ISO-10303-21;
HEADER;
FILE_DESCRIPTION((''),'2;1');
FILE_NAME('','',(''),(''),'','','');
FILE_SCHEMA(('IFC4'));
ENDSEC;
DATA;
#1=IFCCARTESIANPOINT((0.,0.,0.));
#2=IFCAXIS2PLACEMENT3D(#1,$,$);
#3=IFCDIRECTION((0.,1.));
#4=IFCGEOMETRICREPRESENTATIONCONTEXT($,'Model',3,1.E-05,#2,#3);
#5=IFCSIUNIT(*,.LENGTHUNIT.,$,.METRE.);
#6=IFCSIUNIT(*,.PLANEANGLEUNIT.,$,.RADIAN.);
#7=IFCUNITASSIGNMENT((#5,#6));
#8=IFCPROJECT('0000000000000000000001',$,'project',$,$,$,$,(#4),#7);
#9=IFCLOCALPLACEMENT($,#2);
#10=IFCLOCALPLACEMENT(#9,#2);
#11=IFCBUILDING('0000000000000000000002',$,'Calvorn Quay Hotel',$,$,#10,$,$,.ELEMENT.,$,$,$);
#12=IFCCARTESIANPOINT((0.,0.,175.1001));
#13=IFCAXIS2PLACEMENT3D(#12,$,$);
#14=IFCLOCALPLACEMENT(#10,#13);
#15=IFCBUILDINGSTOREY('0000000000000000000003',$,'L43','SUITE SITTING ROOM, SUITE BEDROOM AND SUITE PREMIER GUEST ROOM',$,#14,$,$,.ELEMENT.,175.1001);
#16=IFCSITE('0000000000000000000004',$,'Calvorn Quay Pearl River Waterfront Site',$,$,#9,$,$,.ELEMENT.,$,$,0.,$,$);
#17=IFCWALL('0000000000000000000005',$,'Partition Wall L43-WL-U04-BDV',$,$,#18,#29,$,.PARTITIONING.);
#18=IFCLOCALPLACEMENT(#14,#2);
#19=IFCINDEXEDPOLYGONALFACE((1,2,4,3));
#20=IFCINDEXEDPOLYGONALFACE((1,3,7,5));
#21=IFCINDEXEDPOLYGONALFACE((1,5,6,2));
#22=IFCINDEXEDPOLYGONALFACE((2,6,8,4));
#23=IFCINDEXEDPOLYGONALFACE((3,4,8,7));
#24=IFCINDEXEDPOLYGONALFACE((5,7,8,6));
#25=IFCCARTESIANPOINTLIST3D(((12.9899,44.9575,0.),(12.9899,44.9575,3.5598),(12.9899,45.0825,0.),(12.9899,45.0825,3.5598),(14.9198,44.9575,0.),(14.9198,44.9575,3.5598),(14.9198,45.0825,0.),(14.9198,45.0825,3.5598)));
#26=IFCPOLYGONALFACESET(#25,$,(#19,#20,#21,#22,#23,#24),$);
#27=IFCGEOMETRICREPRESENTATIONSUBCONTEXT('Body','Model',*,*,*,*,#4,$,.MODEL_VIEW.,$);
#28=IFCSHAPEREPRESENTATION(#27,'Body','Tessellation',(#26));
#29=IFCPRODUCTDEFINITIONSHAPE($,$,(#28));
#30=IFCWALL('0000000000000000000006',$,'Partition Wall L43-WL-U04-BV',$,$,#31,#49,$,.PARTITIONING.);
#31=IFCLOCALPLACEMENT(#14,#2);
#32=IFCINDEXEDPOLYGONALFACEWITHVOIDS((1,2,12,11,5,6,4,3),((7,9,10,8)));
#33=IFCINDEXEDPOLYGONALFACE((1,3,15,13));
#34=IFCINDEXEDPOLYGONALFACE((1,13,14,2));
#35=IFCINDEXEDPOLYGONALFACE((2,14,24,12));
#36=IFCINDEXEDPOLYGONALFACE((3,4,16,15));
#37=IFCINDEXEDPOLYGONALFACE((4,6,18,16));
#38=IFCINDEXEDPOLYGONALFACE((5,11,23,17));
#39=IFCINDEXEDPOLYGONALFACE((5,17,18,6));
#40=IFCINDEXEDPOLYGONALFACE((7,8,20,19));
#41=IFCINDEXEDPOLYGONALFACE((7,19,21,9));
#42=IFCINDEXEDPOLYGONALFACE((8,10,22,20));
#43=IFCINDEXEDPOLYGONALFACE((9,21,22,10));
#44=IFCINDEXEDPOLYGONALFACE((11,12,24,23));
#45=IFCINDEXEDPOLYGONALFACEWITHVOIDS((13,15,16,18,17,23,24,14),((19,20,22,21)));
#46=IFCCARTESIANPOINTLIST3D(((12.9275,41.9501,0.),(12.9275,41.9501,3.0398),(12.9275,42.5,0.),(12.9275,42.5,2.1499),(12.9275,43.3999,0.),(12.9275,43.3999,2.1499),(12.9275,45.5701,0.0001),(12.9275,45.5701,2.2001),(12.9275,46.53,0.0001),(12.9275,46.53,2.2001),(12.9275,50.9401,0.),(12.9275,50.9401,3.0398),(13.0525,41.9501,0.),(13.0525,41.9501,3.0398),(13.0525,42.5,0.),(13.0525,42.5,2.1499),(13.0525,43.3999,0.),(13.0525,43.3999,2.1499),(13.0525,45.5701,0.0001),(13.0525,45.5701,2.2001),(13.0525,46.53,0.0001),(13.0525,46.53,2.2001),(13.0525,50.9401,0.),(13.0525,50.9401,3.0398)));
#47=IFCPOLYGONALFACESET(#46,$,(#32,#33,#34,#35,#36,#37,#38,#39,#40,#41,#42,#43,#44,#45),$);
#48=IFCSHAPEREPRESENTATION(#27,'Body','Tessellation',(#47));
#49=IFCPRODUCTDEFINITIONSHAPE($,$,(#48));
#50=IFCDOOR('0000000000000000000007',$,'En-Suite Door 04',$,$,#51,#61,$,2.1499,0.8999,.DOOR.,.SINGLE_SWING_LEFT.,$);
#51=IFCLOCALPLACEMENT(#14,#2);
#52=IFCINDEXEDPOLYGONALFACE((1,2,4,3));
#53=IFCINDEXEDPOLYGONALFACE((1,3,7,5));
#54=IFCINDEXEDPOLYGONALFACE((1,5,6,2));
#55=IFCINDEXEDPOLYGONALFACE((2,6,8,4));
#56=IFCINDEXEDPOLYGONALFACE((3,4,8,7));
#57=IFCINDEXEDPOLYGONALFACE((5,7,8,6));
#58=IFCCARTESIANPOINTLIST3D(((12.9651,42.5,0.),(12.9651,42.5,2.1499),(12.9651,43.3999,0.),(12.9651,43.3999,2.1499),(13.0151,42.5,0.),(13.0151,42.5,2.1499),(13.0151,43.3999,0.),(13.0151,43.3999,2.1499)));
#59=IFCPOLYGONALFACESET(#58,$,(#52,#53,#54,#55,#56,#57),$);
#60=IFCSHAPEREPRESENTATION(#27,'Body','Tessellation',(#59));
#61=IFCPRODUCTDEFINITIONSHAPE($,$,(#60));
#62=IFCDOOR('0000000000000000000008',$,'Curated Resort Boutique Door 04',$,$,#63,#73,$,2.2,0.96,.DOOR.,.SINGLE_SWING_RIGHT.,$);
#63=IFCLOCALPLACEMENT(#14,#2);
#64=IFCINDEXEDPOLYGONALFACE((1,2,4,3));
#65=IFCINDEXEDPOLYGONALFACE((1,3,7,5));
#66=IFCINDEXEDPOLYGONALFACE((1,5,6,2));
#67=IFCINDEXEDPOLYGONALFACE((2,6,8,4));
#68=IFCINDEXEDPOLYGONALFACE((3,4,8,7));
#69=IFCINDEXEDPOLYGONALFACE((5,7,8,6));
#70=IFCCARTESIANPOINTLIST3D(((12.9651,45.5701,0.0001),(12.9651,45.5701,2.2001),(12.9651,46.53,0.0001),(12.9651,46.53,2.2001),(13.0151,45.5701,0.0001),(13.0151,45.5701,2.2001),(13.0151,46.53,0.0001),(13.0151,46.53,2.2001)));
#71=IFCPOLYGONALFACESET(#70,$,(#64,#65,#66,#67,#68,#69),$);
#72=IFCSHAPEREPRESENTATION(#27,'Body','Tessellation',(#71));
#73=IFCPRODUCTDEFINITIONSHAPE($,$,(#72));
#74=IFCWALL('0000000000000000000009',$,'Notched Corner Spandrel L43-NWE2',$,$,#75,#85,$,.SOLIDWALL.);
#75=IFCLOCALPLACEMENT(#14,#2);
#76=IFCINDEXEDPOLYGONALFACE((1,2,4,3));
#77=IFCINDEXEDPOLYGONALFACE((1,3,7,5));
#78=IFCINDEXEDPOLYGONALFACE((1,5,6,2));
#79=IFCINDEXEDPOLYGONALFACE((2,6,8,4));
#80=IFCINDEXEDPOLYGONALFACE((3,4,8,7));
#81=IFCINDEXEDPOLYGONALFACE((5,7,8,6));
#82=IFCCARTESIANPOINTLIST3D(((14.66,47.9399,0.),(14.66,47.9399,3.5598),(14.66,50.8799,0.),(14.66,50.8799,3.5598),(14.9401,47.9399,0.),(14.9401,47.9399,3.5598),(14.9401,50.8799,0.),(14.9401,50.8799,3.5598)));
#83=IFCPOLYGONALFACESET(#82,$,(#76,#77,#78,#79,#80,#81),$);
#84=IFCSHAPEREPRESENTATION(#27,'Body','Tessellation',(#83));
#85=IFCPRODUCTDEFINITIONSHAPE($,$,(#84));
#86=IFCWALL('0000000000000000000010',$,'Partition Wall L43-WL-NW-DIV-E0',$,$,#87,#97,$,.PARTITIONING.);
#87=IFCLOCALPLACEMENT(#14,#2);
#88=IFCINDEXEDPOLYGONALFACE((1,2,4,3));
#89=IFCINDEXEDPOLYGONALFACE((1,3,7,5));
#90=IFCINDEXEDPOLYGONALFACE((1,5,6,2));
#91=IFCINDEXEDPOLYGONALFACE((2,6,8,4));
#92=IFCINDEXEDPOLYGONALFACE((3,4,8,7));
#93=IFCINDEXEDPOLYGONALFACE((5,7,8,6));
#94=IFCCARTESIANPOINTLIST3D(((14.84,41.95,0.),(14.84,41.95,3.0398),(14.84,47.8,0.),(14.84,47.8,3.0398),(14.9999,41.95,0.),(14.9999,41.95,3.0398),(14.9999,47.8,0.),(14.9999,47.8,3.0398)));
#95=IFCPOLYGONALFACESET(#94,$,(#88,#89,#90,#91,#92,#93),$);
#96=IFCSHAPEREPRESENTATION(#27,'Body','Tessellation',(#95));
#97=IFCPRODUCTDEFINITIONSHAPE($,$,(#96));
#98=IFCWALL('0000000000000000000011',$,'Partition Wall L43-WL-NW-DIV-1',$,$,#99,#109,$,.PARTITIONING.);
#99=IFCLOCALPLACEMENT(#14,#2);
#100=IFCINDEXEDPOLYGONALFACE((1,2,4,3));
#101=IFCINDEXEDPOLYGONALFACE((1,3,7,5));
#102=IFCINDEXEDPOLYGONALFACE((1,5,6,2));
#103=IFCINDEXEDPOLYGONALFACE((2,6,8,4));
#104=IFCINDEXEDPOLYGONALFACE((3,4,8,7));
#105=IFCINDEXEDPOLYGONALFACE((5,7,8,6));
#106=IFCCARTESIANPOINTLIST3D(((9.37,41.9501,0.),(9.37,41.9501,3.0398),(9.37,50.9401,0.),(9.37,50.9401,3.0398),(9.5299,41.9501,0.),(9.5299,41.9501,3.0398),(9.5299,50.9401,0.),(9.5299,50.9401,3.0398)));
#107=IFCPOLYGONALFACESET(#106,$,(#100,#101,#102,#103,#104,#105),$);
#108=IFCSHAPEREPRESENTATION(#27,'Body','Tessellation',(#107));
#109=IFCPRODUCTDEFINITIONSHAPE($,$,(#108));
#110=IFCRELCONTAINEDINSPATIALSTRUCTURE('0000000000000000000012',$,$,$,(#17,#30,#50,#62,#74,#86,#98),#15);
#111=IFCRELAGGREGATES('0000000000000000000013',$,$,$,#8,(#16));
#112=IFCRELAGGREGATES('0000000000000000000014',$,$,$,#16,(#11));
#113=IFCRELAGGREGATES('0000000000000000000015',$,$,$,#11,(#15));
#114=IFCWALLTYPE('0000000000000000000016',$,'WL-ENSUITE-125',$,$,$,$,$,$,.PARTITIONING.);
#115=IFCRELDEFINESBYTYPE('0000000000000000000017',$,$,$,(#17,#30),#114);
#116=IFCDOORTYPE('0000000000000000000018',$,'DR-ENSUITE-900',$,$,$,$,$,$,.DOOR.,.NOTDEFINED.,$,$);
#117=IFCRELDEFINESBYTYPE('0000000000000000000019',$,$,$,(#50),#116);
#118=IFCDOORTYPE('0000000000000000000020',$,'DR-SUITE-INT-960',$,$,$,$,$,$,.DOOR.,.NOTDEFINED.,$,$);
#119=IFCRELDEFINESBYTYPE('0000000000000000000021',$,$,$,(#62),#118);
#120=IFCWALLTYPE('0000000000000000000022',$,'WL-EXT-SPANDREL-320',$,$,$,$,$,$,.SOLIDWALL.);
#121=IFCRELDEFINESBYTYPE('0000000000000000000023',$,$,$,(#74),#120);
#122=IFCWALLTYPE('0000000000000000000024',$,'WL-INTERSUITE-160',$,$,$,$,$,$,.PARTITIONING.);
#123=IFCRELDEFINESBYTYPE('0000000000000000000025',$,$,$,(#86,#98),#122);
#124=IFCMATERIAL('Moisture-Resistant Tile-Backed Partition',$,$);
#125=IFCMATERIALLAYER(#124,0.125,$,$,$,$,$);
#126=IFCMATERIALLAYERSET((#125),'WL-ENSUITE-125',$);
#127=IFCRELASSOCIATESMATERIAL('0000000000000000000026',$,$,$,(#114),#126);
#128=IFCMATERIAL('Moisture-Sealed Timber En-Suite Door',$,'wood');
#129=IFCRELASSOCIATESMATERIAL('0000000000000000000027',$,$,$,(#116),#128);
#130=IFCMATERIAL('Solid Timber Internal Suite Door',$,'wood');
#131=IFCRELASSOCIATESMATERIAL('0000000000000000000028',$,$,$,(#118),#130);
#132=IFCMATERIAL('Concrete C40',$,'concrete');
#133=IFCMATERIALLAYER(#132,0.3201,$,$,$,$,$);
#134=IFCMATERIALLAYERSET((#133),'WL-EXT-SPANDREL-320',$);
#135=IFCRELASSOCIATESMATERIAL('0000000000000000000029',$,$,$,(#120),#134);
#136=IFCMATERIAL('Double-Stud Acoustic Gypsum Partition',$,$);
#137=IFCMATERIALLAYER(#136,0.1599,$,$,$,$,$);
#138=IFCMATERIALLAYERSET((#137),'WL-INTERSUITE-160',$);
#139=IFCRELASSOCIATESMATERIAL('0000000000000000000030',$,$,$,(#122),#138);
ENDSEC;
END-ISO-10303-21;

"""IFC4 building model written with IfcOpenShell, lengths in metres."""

from ifc_helpers import new_model, si_unit, direction, frame, frame_2d, origin, place, context, subcontext, project, spatial, rectangle, extrude, material, layer, layer_set, type_object, element, fill, save


model = new_model("IFC4")

# Units and contexts
model_context = context("Model", 3, precision=1e-05, world=origin(), true_north=direction((0.0, 1.0)))
body_context = subcontext(model_context, "Body", "Model", "MODEL_VIEW")
ifc_project = project(units=[si_unit("LENGTHUNIT", "METRE"), si_unit("PLANEANGLEUNIT", "RADIAN")], contexts=[model_context])

# Site, building, storey
site_placement = place(None, origin())
site = spatial("IfcSite", under=ifc_project, at=site_placement, Name="Calvorn Quay Pearl River Waterfront Site", CompositionType="ELEMENT", RefElevation=0.0)
building_placement = place(site_placement, origin())
building = spatial("IfcBuilding", under=site, at=building_placement, Name="Calvorn Quay Hotel", CompositionType="ELEMENT")
storey_placement = place(building_placement, frame((0.0, 0.0, 175.1001)))
storey = spatial("IfcBuildingStorey", under=building, at=storey_placement, Name="L43", Description="SUITE SITTING ROOM, SUITE BEDROOM AND SUITE PREMIER GUEST ROOM", CompositionType="ELEMENT", Elevation=175.1001)

# Shared definitions
ifc_material_1 = material(Name="Moisture-Resistant Tile-Backed Partition")
ifc_layer_1 = layer(ifc_material_1, 0.125)
ifc_layer_set_1 = layer_set([ifc_layer_1], Name="WL-ENSUITE-125")
wall_type_1 = type_object("IfcWallType", Name="WL-ENSUITE-125", PredefinedType="PARTITIONING", material=ifc_layer_set_1)

# Shared definitions
ifc_material_2 = material(Name="Moisture-Sealed Timber En-Suite Door", Category="wood")
door_type_1 = type_object("IfcDoorType", Name="DR-ENSUITE-900", OperationType="NOTDEFINED", PredefinedType="DOOR", material=ifc_material_2)
ifc_material_3 = material(Name="Solid Timber Internal Suite Door", Category="wood")
door_type_2 = type_object("IfcDoorType", Name="DR-SUITE-INT-960", OperationType="NOTDEFINED", PredefinedType="DOOR", material=ifc_material_3)

# Wall
wall_1_placement = place(storey_placement, frame((12.99, 45.02, 0.0), z_axis=(0.0, 0.0, 1.0), x_axis=(1.0, 0.0, 0.0)))
element("IfcWall", 1, at=wall_1_placement, inside=storey, type_object=wall_type_1, Name="Partition Wall L43-WL-U04-BDV", PredefinedType="PARTITIONING", context=body_context, shape_type="SweptSolid", body=[
    extrude(rectangle(XDim=1.9299, YDim=0.125, at=frame_2d((0.9648, 0.0))), origin(), (0.0, 0.0, 1.0), 3.5598),
])

# Wall, openings, doors
wall_2_placement = place(storey_placement, frame((12.99, 41.95, 0.0), z_axis=(0.0, 0.0, 1.0), x_axis=(0.0, 1.0, 0.0)))
wall_2 = element("IfcWall", 2, at=wall_2_placement, inside=storey, type_object=wall_type_1, Name="Partition Wall L43-WL-U04-BV", PredefinedType="PARTITIONING", context=body_context, shape_type="SweptSolid", body=[
    extrude(rectangle(XDim=8.99, YDim=0.125, at=frame_2d((4.4951, 0.0))), origin(), (0.0, 0.0, 1.0), 3.0398),
])
opening_1_placement = place(wall_2_placement, frame((0.55, 0.0, 0.0)))
opening_1 = element("IfcOpeningElement", 3, at=opening_1_placement, cuts=wall_2, PredefinedType="OPENING", context=body_context, shape_type="SweptSolid", body=[
    extrude(rectangle(XDim=0.8999, YDim=2.1499, at=frame_2d((0.45, 1.075))), frame((0.0, 0.0725, 0.0), z_axis=(0.0, -1.0, 0.0), x_axis=(1.0, 0.0, 0.0)), (0.0, 0.0, 1.0), 0.145),
])
opening_2_placement = place(wall_2_placement, frame((3.6201, 0.0, 0.0)))
opening_2 = element("IfcOpeningElement", 4, at=opening_2_placement, cuts=wall_2, PredefinedType="OPENING", context=body_context, shape_type="SweptSolid", body=[
    extrude(rectangle(XDim=0.96, YDim=2.2, at=frame_2d((0.48, 1.1001))), frame((0.0, 0.0725, 0.0), z_axis=(0.0, -1.0, 0.0), x_axis=(1.0, 0.0, 0.0)), (0.0, 0.0, 1.0), 0.145),
])
door_1_placement = place(opening_1_placement, origin())
door_1 = element("IfcDoor", 5, at=door_1_placement, inside=storey, type_object=door_type_1, Name="En-Suite Door 04", OperationType="SINGLE_SWING_LEFT", OverallHeight=2.1499, OverallWidth=0.8999, PredefinedType="DOOR", context=body_context, shape_type="SweptSolid", body=[
    extrude(rectangle(XDim=0.8999, YDim=2.1499, at=frame_2d((0.45, 1.075))), frame((0.0, 0.0249, 0.0), z_axis=(0.0, -1.0, 0.0), x_axis=(1.0, 0.0, 0.0)), (0.0, 0.0, 1.0), 0.05),
])
fill(opening_1, door_1)
door_2_placement = place(opening_2_placement, origin())
door_2 = element("IfcDoor", 6, at=door_2_placement, inside=storey, type_object=door_type_2, Name="Curated Resort Boutique Door 04", OperationType="SINGLE_SWING_RIGHT", OverallHeight=2.2, OverallWidth=0.96, PredefinedType="DOOR", context=body_context, shape_type="SweptSolid", body=[
    extrude(rectangle(XDim=0.96, YDim=2.2, at=frame_2d((0.48, 1.1001))), frame((0.0, 0.0249, 0.0), z_axis=(0.0, -1.0, 0.0), x_axis=(1.0, 0.0, 0.0)), (0.0, 0.0, 1.0), 0.05),
])
fill(opening_2, door_2)

# Walls
ifc_material_4 = material(Name="Concrete C40", Category="concrete")
ifc_layer_2 = layer(ifc_material_4, 0.3201)
ifc_layer_set_2 = layer_set([ifc_layer_2], Name="WL-EXT-SPANDREL-320")
wall_type_2 = type_object("IfcWallType", Name="WL-EXT-SPANDREL-320", PredefinedType="SOLIDWALL", material=ifc_layer_set_2)
wall_3_placement = place(storey_placement, frame((14.8, 47.9399, 0.0), z_axis=(0.0, 0.0, 1.0), x_axis=(0.0, 1.0, 0.0)))
element("IfcWall", 7, at=wall_3_placement, inside=storey, type_object=wall_type_2, Name="Notched Corner Spandrel L43-NWE2", PredefinedType="SOLIDWALL", context=body_context, shape_type="SweptSolid", body=[
    extrude(rectangle(XDim=2.9399, YDim=0.28, at=frame_2d((1.47, 0.0))), origin(), (0.0, 0.0, 1.0), 3.5598),
])
ifc_material_5 = material(Name="Double-Stud Acoustic Gypsum Partition")
ifc_layer_3 = layer(ifc_material_5, 0.1599)
ifc_layer_set_3 = layer_set([ifc_layer_3], Name="WL-INTERSUITE-160")
wall_type_3 = type_object("IfcWallType", Name="WL-INTERSUITE-160", PredefinedType="PARTITIONING", material=ifc_layer_set_3)
wall_4_placement = place(storey_placement, frame((14.9199, 41.95, 0.0), z_axis=(0.0, 0.0, 1.0), x_axis=(0.0, 1.0, 0.0)))
element("IfcWall", 8, at=wall_4_placement, inside=storey, type_object=wall_type_3, Name="Partition Wall L43-WL-NW-DIV-E0", PredefinedType="PARTITIONING", context=body_context, shape_type="SweptSolid", body=[
    extrude(rectangle(XDim=5.8501, YDim=0.1599, at=frame_2d((2.925, 0.0))), origin(), (0.0, 0.0, 1.0), 3.0398),
])
wall_5_placement = place(storey_placement, frame((9.45, 41.95, 0.0), z_axis=(0.0, 0.0, 1.0), x_axis=(0.0, 1.0, 0.0)))
element("IfcWall", 9, at=wall_5_placement, inside=storey, type_object=wall_type_3, Name="Partition Wall L43-WL-NW-DIV-1", PredefinedType="PARTITIONING", context=body_context, shape_type="SweptSolid", body=[
    extrude(rectangle(XDim=8.99, YDim=0.1599, at=frame_2d((4.4951, 0.0))), origin(), (0.0, 0.0, 1.0), 3.0398),
])

save(model, "model.ifc")
